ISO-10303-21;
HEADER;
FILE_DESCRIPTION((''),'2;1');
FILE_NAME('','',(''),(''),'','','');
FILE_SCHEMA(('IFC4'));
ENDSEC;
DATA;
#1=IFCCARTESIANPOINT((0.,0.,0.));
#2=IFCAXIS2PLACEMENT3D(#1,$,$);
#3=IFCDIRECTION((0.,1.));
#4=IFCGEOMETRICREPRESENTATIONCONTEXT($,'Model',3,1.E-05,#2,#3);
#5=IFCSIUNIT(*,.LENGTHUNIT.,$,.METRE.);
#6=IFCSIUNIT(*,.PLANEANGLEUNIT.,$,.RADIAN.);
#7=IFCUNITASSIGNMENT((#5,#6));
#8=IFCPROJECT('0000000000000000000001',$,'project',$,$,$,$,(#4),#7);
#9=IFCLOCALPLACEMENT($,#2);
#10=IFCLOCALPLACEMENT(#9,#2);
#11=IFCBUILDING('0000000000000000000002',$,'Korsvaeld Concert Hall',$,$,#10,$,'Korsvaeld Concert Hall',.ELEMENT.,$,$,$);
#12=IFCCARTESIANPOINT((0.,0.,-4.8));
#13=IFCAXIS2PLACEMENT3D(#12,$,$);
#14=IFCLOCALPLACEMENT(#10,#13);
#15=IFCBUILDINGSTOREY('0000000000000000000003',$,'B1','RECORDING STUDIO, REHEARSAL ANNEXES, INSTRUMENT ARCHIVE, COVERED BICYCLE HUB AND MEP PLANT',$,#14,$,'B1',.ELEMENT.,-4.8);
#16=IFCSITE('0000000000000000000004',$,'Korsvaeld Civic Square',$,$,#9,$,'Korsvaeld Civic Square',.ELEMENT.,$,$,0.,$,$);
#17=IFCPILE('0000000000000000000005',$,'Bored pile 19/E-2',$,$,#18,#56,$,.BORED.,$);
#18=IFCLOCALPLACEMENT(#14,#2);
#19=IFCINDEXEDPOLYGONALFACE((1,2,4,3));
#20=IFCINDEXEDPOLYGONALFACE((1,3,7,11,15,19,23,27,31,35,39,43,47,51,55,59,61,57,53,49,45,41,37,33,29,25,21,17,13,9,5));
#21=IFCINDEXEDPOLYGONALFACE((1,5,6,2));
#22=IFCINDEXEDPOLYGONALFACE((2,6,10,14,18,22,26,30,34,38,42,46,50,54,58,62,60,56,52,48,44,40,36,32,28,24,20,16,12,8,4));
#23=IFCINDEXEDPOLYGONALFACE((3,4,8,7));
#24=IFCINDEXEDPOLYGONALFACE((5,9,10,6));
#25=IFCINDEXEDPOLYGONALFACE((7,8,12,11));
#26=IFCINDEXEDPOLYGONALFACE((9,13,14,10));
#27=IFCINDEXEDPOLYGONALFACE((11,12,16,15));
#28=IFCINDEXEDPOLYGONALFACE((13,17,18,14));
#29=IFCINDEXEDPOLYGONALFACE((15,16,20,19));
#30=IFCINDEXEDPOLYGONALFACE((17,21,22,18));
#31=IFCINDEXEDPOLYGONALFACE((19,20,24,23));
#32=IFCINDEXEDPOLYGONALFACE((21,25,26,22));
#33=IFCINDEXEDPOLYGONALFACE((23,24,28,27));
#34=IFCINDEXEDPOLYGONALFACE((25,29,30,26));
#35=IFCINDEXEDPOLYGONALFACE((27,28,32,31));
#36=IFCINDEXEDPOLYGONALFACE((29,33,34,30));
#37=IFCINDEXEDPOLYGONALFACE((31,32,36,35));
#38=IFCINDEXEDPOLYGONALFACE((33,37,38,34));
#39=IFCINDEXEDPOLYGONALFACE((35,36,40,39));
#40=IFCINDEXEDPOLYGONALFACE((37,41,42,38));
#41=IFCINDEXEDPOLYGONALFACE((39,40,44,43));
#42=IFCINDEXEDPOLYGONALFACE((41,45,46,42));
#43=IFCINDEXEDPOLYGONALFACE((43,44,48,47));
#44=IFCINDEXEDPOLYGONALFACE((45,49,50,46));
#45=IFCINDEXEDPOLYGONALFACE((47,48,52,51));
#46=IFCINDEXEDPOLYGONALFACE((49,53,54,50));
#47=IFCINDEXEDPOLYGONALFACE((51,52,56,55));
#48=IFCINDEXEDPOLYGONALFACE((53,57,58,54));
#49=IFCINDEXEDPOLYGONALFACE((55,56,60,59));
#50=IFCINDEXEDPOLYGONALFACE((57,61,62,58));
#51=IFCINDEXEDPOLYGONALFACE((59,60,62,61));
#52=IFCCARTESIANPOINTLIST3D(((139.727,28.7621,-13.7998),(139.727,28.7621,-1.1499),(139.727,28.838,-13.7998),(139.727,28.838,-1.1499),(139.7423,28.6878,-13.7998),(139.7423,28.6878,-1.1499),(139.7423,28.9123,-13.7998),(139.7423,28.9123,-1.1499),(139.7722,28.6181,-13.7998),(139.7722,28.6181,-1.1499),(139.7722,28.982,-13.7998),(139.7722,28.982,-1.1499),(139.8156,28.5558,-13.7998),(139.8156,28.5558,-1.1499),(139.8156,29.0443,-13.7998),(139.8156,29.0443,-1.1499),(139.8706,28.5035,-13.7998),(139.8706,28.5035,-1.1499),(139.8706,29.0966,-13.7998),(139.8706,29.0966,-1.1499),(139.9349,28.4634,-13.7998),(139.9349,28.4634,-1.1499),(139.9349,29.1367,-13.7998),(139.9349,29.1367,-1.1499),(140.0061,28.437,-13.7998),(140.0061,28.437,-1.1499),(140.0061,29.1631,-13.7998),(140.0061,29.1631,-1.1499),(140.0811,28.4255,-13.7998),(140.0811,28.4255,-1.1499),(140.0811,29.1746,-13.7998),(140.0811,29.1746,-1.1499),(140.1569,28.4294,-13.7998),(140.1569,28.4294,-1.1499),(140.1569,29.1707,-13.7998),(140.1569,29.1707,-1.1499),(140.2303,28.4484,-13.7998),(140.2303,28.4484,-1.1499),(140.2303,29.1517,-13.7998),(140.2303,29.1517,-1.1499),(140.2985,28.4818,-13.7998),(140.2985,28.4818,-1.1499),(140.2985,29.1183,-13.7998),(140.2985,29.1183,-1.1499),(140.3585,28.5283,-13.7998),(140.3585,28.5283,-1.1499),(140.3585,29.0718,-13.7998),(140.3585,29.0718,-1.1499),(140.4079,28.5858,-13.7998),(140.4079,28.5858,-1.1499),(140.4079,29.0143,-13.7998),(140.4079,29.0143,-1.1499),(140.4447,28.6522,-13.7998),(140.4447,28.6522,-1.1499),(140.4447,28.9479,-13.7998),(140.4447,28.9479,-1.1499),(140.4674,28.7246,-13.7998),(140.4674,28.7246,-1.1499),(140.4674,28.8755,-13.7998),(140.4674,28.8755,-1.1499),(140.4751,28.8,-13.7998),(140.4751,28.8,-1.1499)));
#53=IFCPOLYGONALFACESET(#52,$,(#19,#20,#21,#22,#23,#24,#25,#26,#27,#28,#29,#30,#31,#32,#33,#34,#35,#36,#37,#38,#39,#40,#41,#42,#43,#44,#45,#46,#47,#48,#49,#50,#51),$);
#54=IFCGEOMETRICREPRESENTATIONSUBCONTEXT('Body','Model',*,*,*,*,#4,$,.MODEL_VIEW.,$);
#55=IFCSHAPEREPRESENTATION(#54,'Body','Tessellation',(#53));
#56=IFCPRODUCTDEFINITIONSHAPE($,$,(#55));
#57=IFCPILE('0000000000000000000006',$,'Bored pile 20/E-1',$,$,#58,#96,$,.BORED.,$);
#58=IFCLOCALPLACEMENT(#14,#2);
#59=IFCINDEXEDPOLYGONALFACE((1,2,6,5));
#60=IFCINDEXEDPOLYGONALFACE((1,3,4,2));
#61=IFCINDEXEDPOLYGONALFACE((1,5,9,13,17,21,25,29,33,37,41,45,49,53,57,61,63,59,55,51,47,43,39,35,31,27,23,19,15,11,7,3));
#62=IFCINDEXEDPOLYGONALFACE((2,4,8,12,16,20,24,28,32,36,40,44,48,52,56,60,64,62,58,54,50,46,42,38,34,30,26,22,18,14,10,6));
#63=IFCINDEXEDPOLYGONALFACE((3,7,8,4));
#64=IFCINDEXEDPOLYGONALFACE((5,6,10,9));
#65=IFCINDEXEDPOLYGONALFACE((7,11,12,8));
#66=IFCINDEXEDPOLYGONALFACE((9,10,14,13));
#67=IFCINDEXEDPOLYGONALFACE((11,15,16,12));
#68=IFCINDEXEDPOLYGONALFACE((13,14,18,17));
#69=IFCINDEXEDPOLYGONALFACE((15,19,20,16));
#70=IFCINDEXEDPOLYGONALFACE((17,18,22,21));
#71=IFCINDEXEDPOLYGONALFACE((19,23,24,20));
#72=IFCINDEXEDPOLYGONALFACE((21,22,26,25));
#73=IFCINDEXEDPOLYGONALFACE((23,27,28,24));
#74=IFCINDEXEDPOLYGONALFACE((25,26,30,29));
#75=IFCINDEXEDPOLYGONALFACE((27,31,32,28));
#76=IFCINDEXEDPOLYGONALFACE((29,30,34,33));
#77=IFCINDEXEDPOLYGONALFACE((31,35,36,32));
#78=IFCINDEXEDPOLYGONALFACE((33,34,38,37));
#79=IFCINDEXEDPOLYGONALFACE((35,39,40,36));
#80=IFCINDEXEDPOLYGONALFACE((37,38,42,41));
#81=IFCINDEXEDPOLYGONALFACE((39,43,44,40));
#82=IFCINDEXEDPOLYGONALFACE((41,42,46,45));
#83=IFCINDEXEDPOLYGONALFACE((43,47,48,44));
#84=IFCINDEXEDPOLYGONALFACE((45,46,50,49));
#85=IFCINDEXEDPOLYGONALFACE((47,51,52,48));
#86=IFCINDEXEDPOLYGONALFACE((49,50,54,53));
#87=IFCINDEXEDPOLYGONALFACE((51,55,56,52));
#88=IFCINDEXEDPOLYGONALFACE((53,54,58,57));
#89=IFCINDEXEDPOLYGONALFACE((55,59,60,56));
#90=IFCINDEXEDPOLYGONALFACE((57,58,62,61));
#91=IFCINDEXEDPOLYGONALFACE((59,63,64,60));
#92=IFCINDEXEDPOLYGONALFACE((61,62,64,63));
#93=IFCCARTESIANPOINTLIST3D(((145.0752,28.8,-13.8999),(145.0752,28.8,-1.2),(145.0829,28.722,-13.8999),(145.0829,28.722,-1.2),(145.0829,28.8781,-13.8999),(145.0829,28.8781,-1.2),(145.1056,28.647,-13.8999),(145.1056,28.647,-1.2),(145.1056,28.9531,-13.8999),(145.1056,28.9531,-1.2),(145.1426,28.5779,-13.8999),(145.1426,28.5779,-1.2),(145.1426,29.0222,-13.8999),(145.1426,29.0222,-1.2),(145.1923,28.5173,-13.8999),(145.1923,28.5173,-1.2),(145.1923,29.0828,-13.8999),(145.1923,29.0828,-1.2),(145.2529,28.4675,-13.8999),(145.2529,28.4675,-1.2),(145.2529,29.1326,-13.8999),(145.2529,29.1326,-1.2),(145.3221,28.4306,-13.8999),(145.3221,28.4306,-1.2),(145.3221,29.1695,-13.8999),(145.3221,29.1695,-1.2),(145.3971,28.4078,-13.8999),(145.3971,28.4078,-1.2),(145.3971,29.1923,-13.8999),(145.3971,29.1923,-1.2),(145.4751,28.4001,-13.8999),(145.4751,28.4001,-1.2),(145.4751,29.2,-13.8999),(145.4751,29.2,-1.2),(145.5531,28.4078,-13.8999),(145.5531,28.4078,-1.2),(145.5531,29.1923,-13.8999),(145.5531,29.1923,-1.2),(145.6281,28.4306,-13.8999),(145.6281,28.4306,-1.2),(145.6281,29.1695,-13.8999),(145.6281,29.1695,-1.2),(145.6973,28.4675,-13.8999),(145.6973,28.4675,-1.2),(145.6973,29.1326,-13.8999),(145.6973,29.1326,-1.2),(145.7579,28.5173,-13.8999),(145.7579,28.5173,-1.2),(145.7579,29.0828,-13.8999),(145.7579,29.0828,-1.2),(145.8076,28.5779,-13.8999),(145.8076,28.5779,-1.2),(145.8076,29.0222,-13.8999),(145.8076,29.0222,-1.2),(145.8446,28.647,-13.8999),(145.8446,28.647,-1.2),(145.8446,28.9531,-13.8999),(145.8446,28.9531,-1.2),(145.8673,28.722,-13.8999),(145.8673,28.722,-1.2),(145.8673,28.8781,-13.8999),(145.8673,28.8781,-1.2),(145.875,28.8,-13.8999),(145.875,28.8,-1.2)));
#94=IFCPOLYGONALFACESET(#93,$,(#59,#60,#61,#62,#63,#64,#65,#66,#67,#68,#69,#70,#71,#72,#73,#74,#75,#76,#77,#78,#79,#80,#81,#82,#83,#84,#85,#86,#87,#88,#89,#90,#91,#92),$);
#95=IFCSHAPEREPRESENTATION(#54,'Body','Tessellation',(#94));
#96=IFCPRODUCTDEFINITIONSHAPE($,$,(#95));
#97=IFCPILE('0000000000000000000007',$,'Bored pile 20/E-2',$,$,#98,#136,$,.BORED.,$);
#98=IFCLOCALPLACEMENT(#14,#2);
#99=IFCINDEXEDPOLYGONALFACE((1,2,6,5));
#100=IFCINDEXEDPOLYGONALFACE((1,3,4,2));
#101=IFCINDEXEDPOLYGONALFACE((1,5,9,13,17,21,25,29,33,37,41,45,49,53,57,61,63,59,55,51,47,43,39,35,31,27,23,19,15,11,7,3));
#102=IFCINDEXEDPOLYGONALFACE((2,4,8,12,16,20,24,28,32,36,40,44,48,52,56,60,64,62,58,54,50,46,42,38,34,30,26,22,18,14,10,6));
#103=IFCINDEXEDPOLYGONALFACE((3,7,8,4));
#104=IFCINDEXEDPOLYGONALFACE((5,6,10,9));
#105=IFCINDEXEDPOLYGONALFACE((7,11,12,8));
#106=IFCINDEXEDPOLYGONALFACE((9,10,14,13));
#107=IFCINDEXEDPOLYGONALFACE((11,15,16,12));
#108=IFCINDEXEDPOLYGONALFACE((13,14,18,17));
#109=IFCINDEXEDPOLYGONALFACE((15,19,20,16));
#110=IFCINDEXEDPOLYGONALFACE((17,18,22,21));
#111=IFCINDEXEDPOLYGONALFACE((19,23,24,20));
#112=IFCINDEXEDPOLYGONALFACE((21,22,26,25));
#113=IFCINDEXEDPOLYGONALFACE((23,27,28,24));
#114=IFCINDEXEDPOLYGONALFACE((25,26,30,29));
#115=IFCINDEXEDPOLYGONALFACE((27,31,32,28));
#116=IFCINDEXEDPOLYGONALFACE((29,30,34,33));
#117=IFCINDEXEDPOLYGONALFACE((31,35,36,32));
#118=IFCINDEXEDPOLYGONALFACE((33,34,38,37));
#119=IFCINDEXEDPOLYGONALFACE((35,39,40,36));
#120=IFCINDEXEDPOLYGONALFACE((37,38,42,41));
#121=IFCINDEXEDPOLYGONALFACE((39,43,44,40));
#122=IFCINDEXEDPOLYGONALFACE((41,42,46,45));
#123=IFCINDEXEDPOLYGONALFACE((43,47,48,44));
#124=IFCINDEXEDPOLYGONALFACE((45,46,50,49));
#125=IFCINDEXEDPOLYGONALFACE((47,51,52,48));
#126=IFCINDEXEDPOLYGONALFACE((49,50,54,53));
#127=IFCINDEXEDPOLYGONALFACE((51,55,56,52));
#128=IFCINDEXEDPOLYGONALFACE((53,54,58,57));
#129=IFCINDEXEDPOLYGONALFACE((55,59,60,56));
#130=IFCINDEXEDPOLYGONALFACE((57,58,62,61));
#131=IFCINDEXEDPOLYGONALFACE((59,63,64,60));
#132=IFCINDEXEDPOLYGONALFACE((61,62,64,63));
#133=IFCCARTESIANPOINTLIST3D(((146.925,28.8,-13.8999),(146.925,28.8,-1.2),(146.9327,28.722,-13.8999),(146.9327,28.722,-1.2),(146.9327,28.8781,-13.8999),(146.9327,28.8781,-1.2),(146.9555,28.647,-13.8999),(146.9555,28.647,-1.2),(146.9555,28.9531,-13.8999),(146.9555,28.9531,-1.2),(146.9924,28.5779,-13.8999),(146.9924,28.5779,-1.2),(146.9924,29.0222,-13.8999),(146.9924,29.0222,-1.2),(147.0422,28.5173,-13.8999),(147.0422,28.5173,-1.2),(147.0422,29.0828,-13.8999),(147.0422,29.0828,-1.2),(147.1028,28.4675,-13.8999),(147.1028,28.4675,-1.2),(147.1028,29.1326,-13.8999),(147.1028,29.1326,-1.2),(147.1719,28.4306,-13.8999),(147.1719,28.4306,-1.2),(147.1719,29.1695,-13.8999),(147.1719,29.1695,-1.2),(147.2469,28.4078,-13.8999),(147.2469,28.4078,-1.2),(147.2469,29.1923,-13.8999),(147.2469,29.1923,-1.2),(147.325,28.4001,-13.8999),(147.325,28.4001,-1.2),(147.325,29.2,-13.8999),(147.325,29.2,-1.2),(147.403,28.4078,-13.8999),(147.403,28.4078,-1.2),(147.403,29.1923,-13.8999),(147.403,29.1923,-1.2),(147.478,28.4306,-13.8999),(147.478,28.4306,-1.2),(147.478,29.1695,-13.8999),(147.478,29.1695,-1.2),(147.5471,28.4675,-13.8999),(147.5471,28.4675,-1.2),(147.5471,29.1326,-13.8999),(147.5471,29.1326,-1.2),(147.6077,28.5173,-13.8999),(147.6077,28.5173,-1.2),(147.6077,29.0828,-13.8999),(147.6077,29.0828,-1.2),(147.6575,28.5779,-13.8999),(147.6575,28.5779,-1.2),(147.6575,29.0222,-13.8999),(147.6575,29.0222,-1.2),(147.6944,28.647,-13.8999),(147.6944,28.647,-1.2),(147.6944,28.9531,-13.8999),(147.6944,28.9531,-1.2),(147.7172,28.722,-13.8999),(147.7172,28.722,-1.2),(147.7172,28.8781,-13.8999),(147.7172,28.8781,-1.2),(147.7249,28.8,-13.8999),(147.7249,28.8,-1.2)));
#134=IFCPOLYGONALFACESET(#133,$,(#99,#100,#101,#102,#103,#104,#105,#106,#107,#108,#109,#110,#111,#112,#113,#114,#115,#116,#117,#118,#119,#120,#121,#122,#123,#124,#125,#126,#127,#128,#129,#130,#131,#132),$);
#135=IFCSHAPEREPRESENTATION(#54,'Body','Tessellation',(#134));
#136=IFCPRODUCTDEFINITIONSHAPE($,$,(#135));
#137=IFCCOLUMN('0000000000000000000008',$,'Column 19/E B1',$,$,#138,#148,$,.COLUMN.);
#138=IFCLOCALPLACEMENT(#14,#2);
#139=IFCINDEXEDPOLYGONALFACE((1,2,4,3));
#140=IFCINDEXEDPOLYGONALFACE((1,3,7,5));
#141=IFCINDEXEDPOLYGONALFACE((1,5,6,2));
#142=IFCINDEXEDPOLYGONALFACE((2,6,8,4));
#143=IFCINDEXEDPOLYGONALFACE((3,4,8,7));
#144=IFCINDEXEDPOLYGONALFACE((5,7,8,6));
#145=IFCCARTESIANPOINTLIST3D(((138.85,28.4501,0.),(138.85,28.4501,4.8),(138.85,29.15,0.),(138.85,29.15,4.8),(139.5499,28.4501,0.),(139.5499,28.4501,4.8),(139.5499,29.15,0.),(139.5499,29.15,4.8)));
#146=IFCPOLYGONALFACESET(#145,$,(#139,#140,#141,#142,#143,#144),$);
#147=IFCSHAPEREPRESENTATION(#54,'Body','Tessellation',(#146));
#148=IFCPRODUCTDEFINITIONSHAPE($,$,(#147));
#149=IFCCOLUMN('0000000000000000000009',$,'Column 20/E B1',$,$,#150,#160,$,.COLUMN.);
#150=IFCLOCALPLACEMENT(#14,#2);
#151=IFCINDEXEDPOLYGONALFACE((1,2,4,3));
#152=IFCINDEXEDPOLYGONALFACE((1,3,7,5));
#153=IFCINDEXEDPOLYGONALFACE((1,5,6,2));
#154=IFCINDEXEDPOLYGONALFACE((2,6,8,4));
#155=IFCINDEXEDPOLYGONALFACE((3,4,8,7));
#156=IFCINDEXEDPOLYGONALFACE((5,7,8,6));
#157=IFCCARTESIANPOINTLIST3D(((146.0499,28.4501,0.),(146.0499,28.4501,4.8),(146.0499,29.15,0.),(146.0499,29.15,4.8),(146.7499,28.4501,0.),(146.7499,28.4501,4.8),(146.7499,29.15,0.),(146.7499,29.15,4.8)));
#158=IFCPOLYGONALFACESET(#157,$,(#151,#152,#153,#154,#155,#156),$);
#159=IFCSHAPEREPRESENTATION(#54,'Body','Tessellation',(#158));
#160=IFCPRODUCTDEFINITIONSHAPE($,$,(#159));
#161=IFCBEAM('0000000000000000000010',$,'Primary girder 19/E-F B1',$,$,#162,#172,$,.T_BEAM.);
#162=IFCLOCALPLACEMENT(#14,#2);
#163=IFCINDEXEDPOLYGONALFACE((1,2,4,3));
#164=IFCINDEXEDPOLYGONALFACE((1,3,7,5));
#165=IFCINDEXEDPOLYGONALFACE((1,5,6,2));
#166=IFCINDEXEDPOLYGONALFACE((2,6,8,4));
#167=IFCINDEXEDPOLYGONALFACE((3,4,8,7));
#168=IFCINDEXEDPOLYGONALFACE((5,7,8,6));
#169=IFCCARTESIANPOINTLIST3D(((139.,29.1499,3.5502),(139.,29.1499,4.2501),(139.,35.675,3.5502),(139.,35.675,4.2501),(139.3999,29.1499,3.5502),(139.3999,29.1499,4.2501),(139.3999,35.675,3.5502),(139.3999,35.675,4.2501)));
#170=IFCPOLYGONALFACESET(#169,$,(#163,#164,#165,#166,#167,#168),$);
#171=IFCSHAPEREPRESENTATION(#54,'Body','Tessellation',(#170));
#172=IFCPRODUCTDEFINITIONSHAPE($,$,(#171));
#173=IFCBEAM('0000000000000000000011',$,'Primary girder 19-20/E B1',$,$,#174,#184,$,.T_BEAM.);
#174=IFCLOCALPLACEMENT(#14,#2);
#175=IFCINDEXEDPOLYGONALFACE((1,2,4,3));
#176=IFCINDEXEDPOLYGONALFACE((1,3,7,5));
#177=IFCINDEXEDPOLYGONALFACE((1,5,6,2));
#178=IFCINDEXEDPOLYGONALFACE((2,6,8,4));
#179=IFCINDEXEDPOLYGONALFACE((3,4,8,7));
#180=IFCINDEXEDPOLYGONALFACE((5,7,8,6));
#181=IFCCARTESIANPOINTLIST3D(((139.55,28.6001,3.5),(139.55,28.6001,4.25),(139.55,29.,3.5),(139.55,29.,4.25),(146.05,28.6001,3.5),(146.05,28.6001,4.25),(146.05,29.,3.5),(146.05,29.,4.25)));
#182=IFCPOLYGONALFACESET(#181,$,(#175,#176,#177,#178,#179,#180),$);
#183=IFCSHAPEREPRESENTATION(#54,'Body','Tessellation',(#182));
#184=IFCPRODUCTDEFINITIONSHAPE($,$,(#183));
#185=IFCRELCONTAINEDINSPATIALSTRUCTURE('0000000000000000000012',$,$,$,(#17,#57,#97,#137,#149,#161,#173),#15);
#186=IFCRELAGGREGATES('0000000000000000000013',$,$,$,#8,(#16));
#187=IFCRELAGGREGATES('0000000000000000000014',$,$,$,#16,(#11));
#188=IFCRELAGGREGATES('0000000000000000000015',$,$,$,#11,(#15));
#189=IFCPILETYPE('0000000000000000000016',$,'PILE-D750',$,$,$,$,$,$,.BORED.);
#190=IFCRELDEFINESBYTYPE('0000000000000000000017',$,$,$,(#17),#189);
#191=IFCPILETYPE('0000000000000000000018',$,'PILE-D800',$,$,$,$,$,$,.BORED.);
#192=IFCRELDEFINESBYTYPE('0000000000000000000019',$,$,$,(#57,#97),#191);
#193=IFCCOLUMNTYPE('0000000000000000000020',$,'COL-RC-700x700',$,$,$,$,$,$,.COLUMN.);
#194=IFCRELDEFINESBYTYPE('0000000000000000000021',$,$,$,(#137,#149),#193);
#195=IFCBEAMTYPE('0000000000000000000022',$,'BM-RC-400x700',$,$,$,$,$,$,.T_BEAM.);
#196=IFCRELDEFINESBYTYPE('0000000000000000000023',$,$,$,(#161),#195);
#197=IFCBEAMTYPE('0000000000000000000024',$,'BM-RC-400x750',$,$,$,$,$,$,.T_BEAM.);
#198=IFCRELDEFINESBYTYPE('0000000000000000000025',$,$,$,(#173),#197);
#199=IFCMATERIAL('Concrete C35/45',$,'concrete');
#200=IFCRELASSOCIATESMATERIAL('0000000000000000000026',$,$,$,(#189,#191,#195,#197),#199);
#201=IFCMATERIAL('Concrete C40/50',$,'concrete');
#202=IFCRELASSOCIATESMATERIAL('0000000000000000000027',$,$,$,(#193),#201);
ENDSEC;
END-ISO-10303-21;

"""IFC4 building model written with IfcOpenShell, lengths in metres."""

from ifc_helpers import new_model, si_unit, direction, frame, origin, origin_2d, place, context, subcontext, project, spatial, rectangle, circle, extrude, material, material_profile, profile_set, type_object, element, save


model = new_model("IFC4")

# Units and contexts
model_context = context("Model", 3, precision=1e-05, world=origin(), true_north=direction((0.0, 1.0)))
body_context = subcontext(model_context, "Body", "Model", "MODEL_VIEW")
ifc_project = project(units=[si_unit("LENGTHUNIT", "METRE"), si_unit("PLANEANGLEUNIT", "RADIAN")], contexts=[model_context])

# Site, building, storey
site_placement = place(None, origin())
site = spatial("IfcSite", under=ifc_project, at=site_placement, Name="Korsvaeld Civic Square", LongName="Korsvaeld Civic Square", CompositionType="ELEMENT", RefElevation=0.0)
building_placement = place(site_placement, origin())
building = spatial("IfcBuilding", under=site, at=building_placement, Name="Korsvaeld Concert Hall", LongName="Korsvaeld Concert Hall", CompositionType="ELEMENT")
storey_placement = place(building_placement, frame((0.0, 0.0, -4.8)))
storey = spatial("IfcBuildingStorey", under=building, at=storey_placement, Name="B1", Description="RECORDING STUDIO, REHEARSAL ANNEXES, INSTRUMENT ARCHIVE, COVERED BICYCLE HUB AND MEP PLANT", LongName="B1", CompositionType="ELEMENT", Elevation=-4.8)

# Shared definitions
ifc_material_1 = material(Name="Concrete C35/45", Category="concrete")

# Piles
ifc_material_profile_1 = material_profile(ifc_material_1, circle(Radius=0.375, at=origin_2d()), Name="BORED PILE D750")
ifc_profile_set_1 = profile_set([ifc_material_profile_1], Name="Concrete C35/45")
pile_type_1 = type_object("IfcPileType", Name="PILE-D750", PredefinedType="BORED", material=ifc_profile_set_1)
for number, where, z_axis, x_axis, name in (
    (1, (140.1001, 28.8, -1.1499), (0.0, 0.0, -1.0), (1.0, 0.0, 0.0), "Bored pile 19/E-2"),
):
    element("IfcPile", number, at=place(storey_placement, frame(where, z_axis=z_axis, x_axis=x_axis)), inside=storey, type_object=pile_type_1, Name=name, PredefinedType="BORED", context=body_context, shape_type="SweptSolid", body=[
        extrude(circle(Radius=0.375, at=origin_2d()), origin(), (0.0, 0.0, 1.0), 12.6499),
    ])
ifc_material_profile_2 = material_profile(ifc_material_1, circle(Radius=0.3999, at=origin_2d()), Name="BORED PILE D800")
ifc_profile_set_2 = profile_set([ifc_material_profile_2], Name="Concrete C35/45")
pile_type_2 = type_object("IfcPileType", Name="PILE-D800", PredefinedType="BORED", material=ifc_profile_set_2)
for number, where, z_axis, x_axis, name in (
    (2, (145.4751, 28.8, -1.2), (0.0, 0.0, -1.0), (1.0, 0.0, 0.0), "Bored pile 20/E-1"),
    (3, (147.325, 28.8, -1.2), (0.0, 0.0, -1.0), (1.0, 0.0, 0.0), "Bored pile 20/E-2"),
):
    element("IfcPile", number, at=place(storey_placement, frame(where, z_axis=z_axis, x_axis=x_axis)), inside=storey, type_object=pile_type_2, Name=name, PredefinedType="BORED", context=body_context, shape_type="SweptSolid", body=[
        extrude(circle(Radius=0.3999, at=origin_2d()), origin(), (0.0, 0.0, 1.0), 12.7),
    ])

# Columns
ifc_material_2 = material(Name="Concrete C40/50", Category="concrete")
ifc_material_profile_3 = material_profile(ifc_material_2, rectangle(XDim=0.7, YDim=0.7, at=origin_2d()), Name="RC 700x700")
ifc_profile_set_3 = profile_set([ifc_material_profile_3], Name="Concrete C40/50")
column_type = type_object("IfcColumnType", Name="COL-RC-700x700", PredefinedType="COLUMN", material=ifc_profile_set_3)
for number, where, z_axis, x_axis, name in (
    (4, (139.2, 28.8, 0.0), (0.0, 0.0, 1.0), (1.0, 0.0, 0.0), "Column 19/E B1"),
    (5, (146.3999, 28.8, 0.0), (0.0, 0.0, 1.0), (1.0, 0.0, 0.0), "Column 20/E B1"),
):
    element("IfcColumn", number, at=place(storey_placement, frame(where, z_axis=z_axis, x_axis=x_axis)), inside=storey, type_object=column_type, Name=name, PredefinedType="COLUMN", context=body_context, shape_type="SweptSolid", body=[
        extrude(rectangle(XDim=0.7, YDim=0.7, at=origin_2d()), origin(), (0.0, 0.0, 1.0), 4.8),
    ])

# Beams
ifc_material_profile_4 = material_profile(ifc_material_1, rectangle(XDim=0.3999, YDim=0.7, at=origin_2d()), Name="RC 400x700")
ifc_profile_set_4 = profile_set([ifc_material_profile_4], Name="Concrete C35/45")
beam_type_1 = type_object("IfcBeamType", Name="BM-RC-400x700", PredefinedType="T_BEAM", material=ifc_profile_set_4)
beam_1_placement = place(storey_placement, frame((139.2, 29.1499, 3.9001), z_axis=(0.0, 1.0, 0.0), x_axis=(-1.0, 0.0, 0.0)))
element("IfcBeam", 6, at=beam_1_placement, inside=storey, type_object=beam_type_1, Name="Primary girder 19/E-F B1", PredefinedType="T_BEAM", context=body_context, shape_type="SweptSolid", body=[
    extrude(rectangle(XDim=0.3999, YDim=0.7, at=origin_2d()), origin(), (0.0, 0.0, 1.0), 6.5251),
])
ifc_material_profile_5 = material_profile(ifc_material_1, rectangle(XDim=0.3999, YDim=0.75, at=origin_2d()), Name="RC 400x750")
ifc_profile_set_5 = profile_set([ifc_material_profile_5], Name="Concrete C35/45")
beam_type_2 = type_object("IfcBeamType", Name="BM-RC-400x750", PredefinedType="T_BEAM", material=ifc_profile_set_5)
beam_2_placement = place(storey_placement, frame((139.55, 28.8, 3.875), z_axis=(1.0, 0.0, 0.0), x_axis=(0.0, 1.0, 0.0)))
element("IfcBeam", 7, at=beam_2_placement, inside=storey, type_object=beam_type_2, Name="Primary girder 19-20/E B1", PredefinedType="T_BEAM", context=body_context, shape_type="SweptSolid", body=[
    extrude(rectangle(XDim=0.3999, YDim=0.75, at=origin_2d()), origin(), (0.0, 0.0, 1.0), 6.5),
])

save(model, "model.ifc")
